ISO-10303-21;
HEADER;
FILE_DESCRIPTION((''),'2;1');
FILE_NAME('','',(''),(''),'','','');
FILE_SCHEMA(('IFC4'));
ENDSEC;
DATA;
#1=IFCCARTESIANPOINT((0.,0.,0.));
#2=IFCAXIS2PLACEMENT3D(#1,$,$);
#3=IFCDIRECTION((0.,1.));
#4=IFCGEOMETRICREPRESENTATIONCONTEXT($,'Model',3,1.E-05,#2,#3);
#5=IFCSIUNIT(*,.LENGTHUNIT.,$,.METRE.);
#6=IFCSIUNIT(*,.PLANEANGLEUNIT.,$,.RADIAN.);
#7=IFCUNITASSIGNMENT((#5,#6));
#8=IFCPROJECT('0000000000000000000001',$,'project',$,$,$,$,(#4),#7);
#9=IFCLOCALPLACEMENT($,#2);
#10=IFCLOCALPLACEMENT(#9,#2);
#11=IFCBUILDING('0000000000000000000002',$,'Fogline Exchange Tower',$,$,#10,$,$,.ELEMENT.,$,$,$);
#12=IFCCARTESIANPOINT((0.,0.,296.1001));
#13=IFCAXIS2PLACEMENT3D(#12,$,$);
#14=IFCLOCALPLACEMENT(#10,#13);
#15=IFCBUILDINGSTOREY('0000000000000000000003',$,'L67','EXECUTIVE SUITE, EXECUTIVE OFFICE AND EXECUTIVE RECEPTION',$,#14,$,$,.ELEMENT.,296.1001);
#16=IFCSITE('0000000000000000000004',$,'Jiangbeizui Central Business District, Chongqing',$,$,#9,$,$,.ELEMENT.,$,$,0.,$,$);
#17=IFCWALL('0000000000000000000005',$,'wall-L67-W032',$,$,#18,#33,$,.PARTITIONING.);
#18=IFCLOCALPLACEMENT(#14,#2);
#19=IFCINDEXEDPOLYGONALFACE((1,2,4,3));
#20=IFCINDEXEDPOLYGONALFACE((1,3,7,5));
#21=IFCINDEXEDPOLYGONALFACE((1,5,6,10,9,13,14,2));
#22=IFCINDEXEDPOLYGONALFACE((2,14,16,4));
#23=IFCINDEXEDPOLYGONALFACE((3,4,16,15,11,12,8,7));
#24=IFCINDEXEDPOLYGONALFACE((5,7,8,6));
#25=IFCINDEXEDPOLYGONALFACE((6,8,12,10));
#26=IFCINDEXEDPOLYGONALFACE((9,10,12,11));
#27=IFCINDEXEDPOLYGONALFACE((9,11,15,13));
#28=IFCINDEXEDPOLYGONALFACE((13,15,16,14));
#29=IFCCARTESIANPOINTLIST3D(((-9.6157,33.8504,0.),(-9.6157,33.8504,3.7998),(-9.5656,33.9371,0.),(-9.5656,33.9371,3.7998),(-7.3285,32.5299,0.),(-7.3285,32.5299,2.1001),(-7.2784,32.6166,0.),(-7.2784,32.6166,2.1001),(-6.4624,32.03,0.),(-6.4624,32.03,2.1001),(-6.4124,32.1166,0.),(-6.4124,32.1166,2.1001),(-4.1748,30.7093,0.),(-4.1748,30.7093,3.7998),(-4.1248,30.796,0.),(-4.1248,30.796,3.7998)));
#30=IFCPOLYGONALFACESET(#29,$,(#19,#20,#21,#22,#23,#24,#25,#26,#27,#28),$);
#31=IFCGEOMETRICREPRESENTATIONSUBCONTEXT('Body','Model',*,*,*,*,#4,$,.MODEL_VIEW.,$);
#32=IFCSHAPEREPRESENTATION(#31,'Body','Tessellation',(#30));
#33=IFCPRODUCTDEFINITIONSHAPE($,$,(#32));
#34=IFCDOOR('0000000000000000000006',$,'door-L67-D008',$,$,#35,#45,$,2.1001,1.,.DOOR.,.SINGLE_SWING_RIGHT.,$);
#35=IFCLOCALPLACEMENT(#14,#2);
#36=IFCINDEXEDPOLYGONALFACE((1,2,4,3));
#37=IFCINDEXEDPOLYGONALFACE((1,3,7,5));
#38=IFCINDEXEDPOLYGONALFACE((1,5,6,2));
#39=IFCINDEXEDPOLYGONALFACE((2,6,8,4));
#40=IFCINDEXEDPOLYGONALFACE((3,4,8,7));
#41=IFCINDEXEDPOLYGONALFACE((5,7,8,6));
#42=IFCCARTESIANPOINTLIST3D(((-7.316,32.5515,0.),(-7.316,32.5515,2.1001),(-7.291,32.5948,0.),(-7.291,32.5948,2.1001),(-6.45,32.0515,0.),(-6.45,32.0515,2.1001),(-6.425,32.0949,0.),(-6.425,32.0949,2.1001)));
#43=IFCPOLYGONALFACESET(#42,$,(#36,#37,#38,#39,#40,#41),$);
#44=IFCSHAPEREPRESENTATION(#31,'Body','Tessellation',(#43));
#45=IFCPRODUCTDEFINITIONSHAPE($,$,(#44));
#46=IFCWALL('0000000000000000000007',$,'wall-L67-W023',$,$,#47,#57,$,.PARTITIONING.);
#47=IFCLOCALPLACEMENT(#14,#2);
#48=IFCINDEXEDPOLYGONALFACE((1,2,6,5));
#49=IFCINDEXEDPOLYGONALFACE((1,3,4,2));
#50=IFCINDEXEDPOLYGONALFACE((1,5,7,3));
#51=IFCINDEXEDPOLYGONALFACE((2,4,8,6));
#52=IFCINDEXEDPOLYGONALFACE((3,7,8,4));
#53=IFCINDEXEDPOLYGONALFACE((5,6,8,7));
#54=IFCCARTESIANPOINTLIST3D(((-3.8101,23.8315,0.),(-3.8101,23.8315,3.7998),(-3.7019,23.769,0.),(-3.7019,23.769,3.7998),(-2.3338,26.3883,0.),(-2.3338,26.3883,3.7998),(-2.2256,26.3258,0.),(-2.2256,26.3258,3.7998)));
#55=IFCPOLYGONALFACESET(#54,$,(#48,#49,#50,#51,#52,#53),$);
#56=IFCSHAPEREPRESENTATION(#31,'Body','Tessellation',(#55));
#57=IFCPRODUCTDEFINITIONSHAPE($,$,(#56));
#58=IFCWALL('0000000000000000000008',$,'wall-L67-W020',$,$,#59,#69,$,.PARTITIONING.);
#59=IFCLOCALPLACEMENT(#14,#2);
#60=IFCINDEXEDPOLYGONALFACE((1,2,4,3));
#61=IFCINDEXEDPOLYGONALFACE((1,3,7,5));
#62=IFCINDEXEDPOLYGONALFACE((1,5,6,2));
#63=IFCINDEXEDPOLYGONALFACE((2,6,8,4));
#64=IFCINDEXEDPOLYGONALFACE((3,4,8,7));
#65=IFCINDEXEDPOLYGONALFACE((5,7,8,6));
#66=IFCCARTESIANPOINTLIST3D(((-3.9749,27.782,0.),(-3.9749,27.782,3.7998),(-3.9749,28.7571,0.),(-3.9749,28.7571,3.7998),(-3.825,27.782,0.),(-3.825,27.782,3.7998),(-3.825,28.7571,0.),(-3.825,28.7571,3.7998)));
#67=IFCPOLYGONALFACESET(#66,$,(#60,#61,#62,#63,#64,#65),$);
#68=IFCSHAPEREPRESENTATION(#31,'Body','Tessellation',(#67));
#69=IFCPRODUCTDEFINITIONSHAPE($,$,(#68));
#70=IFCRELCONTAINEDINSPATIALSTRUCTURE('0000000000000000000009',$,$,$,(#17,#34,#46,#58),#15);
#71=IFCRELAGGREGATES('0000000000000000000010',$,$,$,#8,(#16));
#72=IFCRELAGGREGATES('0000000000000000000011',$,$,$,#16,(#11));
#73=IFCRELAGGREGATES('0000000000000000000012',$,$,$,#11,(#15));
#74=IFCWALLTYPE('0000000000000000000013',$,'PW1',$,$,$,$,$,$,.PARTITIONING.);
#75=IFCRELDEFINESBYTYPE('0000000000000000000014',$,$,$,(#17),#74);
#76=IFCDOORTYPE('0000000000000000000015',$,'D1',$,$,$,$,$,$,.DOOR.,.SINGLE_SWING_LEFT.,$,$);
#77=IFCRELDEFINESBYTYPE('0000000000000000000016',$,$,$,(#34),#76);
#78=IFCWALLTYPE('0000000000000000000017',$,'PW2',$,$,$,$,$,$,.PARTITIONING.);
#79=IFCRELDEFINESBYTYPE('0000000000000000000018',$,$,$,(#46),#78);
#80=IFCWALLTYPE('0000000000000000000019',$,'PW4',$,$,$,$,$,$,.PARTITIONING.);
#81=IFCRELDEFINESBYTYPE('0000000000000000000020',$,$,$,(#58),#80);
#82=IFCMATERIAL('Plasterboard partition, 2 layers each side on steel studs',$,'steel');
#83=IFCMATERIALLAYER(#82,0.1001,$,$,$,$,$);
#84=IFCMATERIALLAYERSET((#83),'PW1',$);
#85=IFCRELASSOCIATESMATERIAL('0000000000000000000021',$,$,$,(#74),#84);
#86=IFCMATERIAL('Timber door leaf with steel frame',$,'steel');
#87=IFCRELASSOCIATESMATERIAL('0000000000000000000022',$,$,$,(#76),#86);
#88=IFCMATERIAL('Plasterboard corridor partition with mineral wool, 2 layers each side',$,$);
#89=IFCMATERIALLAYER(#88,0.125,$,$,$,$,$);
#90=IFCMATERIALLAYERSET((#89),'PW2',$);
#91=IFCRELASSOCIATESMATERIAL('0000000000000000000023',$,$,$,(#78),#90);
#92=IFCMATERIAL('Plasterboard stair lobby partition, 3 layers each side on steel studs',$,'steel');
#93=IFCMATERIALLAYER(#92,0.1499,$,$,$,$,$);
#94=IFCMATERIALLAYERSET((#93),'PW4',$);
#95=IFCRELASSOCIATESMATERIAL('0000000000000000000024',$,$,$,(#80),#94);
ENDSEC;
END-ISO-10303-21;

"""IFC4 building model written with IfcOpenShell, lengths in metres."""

from ifc_helpers import new_model, si_unit, direction, frame, frame_2d, origin, place, context, subcontext, project, spatial, rectangle, extrude, material, layer, layer_set, type_object, element, fill, save


model = new_model("IFC4")

# Units and contexts
model_context = context("Model", 3, precision=1e-05, world=origin(), true_north=direction((0.0, 1.0)))
body_context = subcontext(model_context, "Body", "Model", "MODEL_VIEW")
ifc_project = project(units=[si_unit("LENGTHUNIT", "METRE"), si_unit("PLANEANGLEUNIT", "RADIAN")], contexts=[model_context])

# Site, building, storey
site_placement = place(None, origin())
site = spatial("IfcSite", under=ifc_project, at=site_placement, Name="Jiangbeizui Central Business District, Chongqing", CompositionType="ELEMENT", RefElevation=0.0)
building_placement = place(site_placement, origin())
building = spatial("IfcBuilding", under=site, at=building_placement, Name="Fogline Exchange Tower", CompositionType="ELEMENT")
storey_placement = place(building_placement, frame((0.0, 0.0, 296.1001)))
storey = spatial("IfcBuildingStorey", under=building, at=storey_placement, Name="L67", Description="EXECUTIVE SUITE, EXECUTIVE OFFICE AND EXECUTIVE RECEPTION", CompositionType="ELEMENT", Elevation=296.1001)

# Wall, opening, door
ifc_material_1 = material(Name="Plasterboard partition, 2 layers each side on steel studs", Category="steel")
ifc_layer_1 = layer(ifc_material_1, 0.1001)
ifc_layer_set_1 = layer_set([ifc_layer_1], Name="PW1")
wall_type_1 = type_object("IfcWallType", Name="PW1", PredefinedType="PARTITIONING", material=ifc_layer_set_1)
wall_1_placement = place(storey_placement, frame((-4.1499, 30.7527, 0.0), z_axis=(0.0, 0.0, 1.0), x_axis=(-0.866039, 0.499976, 0.0)))
wall_1 = element("IfcWall", 1, at=wall_1_placement, inside=storey, type_object=wall_type_1, Name="wall-L67-W032", PredefinedType="PARTITIONING", context=body_context, shape_type="SweptSolid", body=[
    extrude(rectangle(XDim=6.2825, YDim=0.1001, at=frame_2d((3.1411, 0.0))), origin(), (0.0, 0.0, 1.0), 3.7998),
])
opening_1_placement = place(wall_1_placement, frame((2.6414, 0.0, 0.0)))
opening_1 = element("IfcOpeningElement", 2, at=opening_1_placement, cuts=wall_1, PredefinedType="OPENING", context=body_context, shape_type="SweptSolid", body=[
    extrude(rectangle(XDim=1.0, YDim=2.1001, at=frame_2d((0.5, 1.05))), frame((0.0, 0.0601, 0.0), z_axis=(0.0, -1.0, 0.0), x_axis=(1.0, 0.0, 0.0)), (0.0, 0.0, 1.0), 0.1201),
])
ifc_material_2 = material(Name="Timber door leaf with steel frame", Category="steel")
door_type_1 = type_object("IfcDoorType", Name="D1", OperationType="SINGLE_SWING_LEFT", PredefinedType="DOOR", material=ifc_material_2)
door_1_placement = place(opening_1_placement, frame((1.0, 0.0, 0.0), z_axis=(0.0, 0.0, 1.0), x_axis=(-1.0, 0.0, 0.0)))
door_1 = element("IfcDoor", 3, at=door_1_placement, inside=storey, type_object=door_type_1, Name="door-L67-D008", OperationType="SINGLE_SWING_RIGHT", OverallHeight=2.1001, OverallWidth=1.0, PredefinedType="DOOR", context=body_context, shape_type="SweptSolid", body=[
    extrude(rectangle(XDim=1.0, YDim=2.1001, at=frame_2d((0.5, 1.05))), frame((0.0, 0.0249, 0.0), z_axis=(0.0, -1.0, 0.0), x_axis=(1.0, 0.0, 0.0)), (0.0, 0.0, 1.0), 0.05),
])
fill(opening_1, door_1)

# Walls
ifc_material_3 = material(Name="Plasterboard corridor partition with mineral wool, 2 layers each side")
ifc_layer_2 = layer(ifc_material_3, 0.125)
ifc_layer_set_2 = layer_set([ifc_layer_2], Name="PW2")
wall_type_2 = type_object("IfcWallType", Name="PW2", PredefinedType="PARTITIONING", material=ifc_layer_set_2)
wall_2_placement = place(storey_placement, frame((-2.2798, 26.3569, 0.0), z_axis=(0.0, 0.0, 1.0), x_axis=(-0.500025, -0.866011, 0.0)))
element("IfcWall", 4, at=wall_2_placement, inside=storey, type_object=wall_type_2, Name="wall-L67-W023", PredefinedType="PARTITIONING", context=body_context, shape_type="SweptSolid", body=[
    extrude(rectangle(XDim=2.9524, YDim=0.125, at=frame_2d((1.4761, 0.0))), origin(), (0.0, 0.0, 1.0), 3.7998),
])
ifc_material_4 = material(Name="Plasterboard stair lobby partition, 3 layers each side on steel studs", Category="steel")
ifc_layer_3 = layer(ifc_material_4, 0.1499)
ifc_layer_set_3 = layer_set([ifc_layer_3], Name="PW4")
wall_type_3 = type_object("IfcWallType", Name="PW4", PredefinedType="PARTITIONING", material=ifc_layer_set_3)
wall_3_placement = place(storey_placement, frame((-3.8999, 27.782, 0.0), z_axis=(0.0, 0.0, 1.0), x_axis=(0.0, 1.0, 0.0)))
element("IfcWall", 5, at=wall_3_placement, inside=storey, type_object=wall_type_3, Name="wall-L67-W020", PredefinedType="PARTITIONING", context=body_context, shape_type="SweptSolid", body=[
    extrude(rectangle(XDim=0.9751, YDim=0.1499, at=frame_2d((0.4875, 0.0))), origin(), (0.0, 0.0, 1.0), 3.7998),
])

save(model, "model.ifc")
